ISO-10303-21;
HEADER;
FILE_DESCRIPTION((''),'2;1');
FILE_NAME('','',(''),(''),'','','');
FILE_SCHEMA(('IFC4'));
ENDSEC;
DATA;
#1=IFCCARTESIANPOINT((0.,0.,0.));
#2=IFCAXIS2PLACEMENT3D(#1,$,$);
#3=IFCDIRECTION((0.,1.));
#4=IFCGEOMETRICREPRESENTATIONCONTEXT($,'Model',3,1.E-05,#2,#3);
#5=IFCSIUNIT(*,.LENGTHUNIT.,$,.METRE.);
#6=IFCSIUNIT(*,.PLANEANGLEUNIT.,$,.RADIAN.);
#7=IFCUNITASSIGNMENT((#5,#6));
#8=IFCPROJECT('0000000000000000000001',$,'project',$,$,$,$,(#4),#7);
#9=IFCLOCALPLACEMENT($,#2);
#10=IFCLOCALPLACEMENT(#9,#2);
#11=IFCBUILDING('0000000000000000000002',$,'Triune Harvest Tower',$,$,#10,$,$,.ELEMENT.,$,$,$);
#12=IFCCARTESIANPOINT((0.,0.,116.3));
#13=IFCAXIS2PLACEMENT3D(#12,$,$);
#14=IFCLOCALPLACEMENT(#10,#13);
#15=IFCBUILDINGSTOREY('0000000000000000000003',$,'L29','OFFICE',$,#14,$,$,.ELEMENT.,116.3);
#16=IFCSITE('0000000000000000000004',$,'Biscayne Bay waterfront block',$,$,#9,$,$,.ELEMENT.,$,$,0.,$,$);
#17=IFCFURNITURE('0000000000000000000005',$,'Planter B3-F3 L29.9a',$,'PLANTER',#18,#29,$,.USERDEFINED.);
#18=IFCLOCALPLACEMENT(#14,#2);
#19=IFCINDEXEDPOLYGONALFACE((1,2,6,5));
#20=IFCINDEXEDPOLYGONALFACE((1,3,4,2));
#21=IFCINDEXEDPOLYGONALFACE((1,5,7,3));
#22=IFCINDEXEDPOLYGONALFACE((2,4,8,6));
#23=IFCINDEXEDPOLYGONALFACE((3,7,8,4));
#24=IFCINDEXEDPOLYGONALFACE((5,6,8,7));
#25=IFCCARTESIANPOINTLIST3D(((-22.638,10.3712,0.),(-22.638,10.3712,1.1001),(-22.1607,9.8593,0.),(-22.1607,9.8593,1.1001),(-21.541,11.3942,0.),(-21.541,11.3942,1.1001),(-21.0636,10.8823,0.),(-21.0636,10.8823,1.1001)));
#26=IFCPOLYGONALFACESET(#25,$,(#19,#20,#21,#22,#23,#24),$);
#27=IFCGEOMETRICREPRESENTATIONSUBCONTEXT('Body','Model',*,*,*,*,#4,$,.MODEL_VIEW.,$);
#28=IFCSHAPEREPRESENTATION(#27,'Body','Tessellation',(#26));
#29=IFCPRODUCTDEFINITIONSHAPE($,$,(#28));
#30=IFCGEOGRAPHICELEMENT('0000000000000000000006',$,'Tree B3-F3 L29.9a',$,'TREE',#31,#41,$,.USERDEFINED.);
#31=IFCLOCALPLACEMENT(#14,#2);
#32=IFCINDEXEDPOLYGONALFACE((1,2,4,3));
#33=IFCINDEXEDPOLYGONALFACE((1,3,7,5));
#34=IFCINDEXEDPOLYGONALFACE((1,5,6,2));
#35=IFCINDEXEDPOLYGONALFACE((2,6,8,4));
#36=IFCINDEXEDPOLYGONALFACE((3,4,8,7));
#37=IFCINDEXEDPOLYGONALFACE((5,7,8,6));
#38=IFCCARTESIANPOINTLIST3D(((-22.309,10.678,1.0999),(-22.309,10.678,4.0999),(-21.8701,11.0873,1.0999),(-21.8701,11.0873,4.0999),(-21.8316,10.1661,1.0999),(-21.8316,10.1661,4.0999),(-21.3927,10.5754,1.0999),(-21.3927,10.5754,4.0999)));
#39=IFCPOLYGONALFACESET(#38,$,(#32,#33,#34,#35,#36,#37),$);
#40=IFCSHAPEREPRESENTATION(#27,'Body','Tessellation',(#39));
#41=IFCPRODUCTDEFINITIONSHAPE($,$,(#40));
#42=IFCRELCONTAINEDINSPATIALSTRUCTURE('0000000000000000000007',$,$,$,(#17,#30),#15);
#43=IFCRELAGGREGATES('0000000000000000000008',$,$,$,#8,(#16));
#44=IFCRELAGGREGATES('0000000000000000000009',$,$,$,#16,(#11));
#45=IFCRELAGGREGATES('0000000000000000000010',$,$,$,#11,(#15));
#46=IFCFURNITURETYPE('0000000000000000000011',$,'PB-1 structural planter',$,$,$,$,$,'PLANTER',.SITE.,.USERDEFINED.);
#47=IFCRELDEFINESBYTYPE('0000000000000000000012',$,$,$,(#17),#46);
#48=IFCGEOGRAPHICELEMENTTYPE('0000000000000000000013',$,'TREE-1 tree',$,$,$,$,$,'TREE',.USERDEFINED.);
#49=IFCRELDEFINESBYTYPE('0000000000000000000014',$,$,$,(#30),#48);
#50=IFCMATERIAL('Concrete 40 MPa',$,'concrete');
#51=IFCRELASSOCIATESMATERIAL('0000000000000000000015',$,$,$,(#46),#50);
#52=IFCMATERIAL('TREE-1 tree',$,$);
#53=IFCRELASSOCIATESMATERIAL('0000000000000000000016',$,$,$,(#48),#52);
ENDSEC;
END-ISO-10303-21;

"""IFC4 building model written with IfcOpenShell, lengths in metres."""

from ifc_helpers import new_model, si_unit, direction, frame, origin, origin_2d, place, context, subcontext, project, spatial, rectangle, extrude, source, transform, mapped, material, type_object, element, save


model = new_model("IFC4")

# Units and contexts
model_context = context("Model", 3, precision=1e-05, world=origin(), true_north=direction((0.0, 1.0)))
body_context = subcontext(model_context, "Body", "Model", "MODEL_VIEW")
ifc_project = project(units=[si_unit("LENGTHUNIT", "METRE"), si_unit("PLANEANGLEUNIT", "RADIAN")], contexts=[model_context])

# Site, building, storey
site_placement = place(None, origin())
site = spatial("IfcSite", under=ifc_project, at=site_placement, Name="Biscayne Bay waterfront block", CompositionType="ELEMENT", RefElevation=0.0)
building_placement = place(site_placement, origin())
building = spatial("IfcBuilding", under=site, at=building_placement, Name="Triune Harvest Tower", CompositionType="ELEMENT")
storey_placement = place(building_placement, frame((0.0, 0.0, 116.3)))
storey = spatial("IfcBuildingStorey", under=building, at=storey_placement, Name="L29", Description="OFFICE", CompositionType="ELEMENT", Elevation=116.3)

# Furniture
ifc_material_1 = material(Name="Concrete 40 MPa", Category="concrete")
furniture_type = type_object("IfcFurnitureType", Name="PB-1 structural planter", ElementType="PLANTER", AssemblyPlace="SITE", PredefinedType="USERDEFINED", material=ifc_material_1)
shared_shape_1 = source(origin(), body_context, "Body", "SweptSolid", [
    extrude(rectangle(XDim=1.5, YDim=0.7, at=origin_2d()), origin(), (0.0, 0.0, 1.0), 1.1001),
])
furniture_placement = place(storey_placement, frame((-21.8508, 10.6267, 0.0), z_axis=(0.0, 0.0, 1.0), x_axis=(-0.731353, -0.681999, 0.0)))
element("IfcFurniture", 1, at=furniture_placement, inside=storey, type_object=furniture_type, Name="Planter B3-F3 L29.9a", ObjectType="PLANTER", PredefinedType="USERDEFINED", context=body_context, shape_type="MappedRepresentation", body=[
    mapped(shared_shape_1, transform((0.0, 0.0, 0.0), scale=1.0)),
])

# Geographic element
ifc_material_2 = material(Name="TREE-1 tree")
geographic_element_type = type_object("IfcGeographicElementType", Name="TREE-1 tree", ElementType="TREE", PredefinedType="USERDEFINED", material=ifc_material_2)
shared_shape_2 = source(origin(), body_context, "Body", "SweptSolid", [
    extrude(rectangle(XDim=0.6001, YDim=0.7, at=origin_2d()), origin(), (0.0, 0.0, 1.0), 3.0),
])
geographic_element_placement = place(storey_placement, frame((-21.8508, 10.6267, 1.0999), z_axis=(0.0, 0.0, 1.0), x_axis=(-0.731353, -0.681999, 0.0)))
element("IfcGeographicElement", 2, at=geographic_element_placement, inside=storey, type_object=geographic_element_type, Name="Tree B3-F3 L29.9a", ObjectType="TREE", PredefinedType="USERDEFINED", context=body_context, shape_type="MappedRepresentation", body=[
    mapped(shared_shape_2, transform((0.0, 0.0, 0.0), scale=1.0)),
])

save(model, "model.ifc")
